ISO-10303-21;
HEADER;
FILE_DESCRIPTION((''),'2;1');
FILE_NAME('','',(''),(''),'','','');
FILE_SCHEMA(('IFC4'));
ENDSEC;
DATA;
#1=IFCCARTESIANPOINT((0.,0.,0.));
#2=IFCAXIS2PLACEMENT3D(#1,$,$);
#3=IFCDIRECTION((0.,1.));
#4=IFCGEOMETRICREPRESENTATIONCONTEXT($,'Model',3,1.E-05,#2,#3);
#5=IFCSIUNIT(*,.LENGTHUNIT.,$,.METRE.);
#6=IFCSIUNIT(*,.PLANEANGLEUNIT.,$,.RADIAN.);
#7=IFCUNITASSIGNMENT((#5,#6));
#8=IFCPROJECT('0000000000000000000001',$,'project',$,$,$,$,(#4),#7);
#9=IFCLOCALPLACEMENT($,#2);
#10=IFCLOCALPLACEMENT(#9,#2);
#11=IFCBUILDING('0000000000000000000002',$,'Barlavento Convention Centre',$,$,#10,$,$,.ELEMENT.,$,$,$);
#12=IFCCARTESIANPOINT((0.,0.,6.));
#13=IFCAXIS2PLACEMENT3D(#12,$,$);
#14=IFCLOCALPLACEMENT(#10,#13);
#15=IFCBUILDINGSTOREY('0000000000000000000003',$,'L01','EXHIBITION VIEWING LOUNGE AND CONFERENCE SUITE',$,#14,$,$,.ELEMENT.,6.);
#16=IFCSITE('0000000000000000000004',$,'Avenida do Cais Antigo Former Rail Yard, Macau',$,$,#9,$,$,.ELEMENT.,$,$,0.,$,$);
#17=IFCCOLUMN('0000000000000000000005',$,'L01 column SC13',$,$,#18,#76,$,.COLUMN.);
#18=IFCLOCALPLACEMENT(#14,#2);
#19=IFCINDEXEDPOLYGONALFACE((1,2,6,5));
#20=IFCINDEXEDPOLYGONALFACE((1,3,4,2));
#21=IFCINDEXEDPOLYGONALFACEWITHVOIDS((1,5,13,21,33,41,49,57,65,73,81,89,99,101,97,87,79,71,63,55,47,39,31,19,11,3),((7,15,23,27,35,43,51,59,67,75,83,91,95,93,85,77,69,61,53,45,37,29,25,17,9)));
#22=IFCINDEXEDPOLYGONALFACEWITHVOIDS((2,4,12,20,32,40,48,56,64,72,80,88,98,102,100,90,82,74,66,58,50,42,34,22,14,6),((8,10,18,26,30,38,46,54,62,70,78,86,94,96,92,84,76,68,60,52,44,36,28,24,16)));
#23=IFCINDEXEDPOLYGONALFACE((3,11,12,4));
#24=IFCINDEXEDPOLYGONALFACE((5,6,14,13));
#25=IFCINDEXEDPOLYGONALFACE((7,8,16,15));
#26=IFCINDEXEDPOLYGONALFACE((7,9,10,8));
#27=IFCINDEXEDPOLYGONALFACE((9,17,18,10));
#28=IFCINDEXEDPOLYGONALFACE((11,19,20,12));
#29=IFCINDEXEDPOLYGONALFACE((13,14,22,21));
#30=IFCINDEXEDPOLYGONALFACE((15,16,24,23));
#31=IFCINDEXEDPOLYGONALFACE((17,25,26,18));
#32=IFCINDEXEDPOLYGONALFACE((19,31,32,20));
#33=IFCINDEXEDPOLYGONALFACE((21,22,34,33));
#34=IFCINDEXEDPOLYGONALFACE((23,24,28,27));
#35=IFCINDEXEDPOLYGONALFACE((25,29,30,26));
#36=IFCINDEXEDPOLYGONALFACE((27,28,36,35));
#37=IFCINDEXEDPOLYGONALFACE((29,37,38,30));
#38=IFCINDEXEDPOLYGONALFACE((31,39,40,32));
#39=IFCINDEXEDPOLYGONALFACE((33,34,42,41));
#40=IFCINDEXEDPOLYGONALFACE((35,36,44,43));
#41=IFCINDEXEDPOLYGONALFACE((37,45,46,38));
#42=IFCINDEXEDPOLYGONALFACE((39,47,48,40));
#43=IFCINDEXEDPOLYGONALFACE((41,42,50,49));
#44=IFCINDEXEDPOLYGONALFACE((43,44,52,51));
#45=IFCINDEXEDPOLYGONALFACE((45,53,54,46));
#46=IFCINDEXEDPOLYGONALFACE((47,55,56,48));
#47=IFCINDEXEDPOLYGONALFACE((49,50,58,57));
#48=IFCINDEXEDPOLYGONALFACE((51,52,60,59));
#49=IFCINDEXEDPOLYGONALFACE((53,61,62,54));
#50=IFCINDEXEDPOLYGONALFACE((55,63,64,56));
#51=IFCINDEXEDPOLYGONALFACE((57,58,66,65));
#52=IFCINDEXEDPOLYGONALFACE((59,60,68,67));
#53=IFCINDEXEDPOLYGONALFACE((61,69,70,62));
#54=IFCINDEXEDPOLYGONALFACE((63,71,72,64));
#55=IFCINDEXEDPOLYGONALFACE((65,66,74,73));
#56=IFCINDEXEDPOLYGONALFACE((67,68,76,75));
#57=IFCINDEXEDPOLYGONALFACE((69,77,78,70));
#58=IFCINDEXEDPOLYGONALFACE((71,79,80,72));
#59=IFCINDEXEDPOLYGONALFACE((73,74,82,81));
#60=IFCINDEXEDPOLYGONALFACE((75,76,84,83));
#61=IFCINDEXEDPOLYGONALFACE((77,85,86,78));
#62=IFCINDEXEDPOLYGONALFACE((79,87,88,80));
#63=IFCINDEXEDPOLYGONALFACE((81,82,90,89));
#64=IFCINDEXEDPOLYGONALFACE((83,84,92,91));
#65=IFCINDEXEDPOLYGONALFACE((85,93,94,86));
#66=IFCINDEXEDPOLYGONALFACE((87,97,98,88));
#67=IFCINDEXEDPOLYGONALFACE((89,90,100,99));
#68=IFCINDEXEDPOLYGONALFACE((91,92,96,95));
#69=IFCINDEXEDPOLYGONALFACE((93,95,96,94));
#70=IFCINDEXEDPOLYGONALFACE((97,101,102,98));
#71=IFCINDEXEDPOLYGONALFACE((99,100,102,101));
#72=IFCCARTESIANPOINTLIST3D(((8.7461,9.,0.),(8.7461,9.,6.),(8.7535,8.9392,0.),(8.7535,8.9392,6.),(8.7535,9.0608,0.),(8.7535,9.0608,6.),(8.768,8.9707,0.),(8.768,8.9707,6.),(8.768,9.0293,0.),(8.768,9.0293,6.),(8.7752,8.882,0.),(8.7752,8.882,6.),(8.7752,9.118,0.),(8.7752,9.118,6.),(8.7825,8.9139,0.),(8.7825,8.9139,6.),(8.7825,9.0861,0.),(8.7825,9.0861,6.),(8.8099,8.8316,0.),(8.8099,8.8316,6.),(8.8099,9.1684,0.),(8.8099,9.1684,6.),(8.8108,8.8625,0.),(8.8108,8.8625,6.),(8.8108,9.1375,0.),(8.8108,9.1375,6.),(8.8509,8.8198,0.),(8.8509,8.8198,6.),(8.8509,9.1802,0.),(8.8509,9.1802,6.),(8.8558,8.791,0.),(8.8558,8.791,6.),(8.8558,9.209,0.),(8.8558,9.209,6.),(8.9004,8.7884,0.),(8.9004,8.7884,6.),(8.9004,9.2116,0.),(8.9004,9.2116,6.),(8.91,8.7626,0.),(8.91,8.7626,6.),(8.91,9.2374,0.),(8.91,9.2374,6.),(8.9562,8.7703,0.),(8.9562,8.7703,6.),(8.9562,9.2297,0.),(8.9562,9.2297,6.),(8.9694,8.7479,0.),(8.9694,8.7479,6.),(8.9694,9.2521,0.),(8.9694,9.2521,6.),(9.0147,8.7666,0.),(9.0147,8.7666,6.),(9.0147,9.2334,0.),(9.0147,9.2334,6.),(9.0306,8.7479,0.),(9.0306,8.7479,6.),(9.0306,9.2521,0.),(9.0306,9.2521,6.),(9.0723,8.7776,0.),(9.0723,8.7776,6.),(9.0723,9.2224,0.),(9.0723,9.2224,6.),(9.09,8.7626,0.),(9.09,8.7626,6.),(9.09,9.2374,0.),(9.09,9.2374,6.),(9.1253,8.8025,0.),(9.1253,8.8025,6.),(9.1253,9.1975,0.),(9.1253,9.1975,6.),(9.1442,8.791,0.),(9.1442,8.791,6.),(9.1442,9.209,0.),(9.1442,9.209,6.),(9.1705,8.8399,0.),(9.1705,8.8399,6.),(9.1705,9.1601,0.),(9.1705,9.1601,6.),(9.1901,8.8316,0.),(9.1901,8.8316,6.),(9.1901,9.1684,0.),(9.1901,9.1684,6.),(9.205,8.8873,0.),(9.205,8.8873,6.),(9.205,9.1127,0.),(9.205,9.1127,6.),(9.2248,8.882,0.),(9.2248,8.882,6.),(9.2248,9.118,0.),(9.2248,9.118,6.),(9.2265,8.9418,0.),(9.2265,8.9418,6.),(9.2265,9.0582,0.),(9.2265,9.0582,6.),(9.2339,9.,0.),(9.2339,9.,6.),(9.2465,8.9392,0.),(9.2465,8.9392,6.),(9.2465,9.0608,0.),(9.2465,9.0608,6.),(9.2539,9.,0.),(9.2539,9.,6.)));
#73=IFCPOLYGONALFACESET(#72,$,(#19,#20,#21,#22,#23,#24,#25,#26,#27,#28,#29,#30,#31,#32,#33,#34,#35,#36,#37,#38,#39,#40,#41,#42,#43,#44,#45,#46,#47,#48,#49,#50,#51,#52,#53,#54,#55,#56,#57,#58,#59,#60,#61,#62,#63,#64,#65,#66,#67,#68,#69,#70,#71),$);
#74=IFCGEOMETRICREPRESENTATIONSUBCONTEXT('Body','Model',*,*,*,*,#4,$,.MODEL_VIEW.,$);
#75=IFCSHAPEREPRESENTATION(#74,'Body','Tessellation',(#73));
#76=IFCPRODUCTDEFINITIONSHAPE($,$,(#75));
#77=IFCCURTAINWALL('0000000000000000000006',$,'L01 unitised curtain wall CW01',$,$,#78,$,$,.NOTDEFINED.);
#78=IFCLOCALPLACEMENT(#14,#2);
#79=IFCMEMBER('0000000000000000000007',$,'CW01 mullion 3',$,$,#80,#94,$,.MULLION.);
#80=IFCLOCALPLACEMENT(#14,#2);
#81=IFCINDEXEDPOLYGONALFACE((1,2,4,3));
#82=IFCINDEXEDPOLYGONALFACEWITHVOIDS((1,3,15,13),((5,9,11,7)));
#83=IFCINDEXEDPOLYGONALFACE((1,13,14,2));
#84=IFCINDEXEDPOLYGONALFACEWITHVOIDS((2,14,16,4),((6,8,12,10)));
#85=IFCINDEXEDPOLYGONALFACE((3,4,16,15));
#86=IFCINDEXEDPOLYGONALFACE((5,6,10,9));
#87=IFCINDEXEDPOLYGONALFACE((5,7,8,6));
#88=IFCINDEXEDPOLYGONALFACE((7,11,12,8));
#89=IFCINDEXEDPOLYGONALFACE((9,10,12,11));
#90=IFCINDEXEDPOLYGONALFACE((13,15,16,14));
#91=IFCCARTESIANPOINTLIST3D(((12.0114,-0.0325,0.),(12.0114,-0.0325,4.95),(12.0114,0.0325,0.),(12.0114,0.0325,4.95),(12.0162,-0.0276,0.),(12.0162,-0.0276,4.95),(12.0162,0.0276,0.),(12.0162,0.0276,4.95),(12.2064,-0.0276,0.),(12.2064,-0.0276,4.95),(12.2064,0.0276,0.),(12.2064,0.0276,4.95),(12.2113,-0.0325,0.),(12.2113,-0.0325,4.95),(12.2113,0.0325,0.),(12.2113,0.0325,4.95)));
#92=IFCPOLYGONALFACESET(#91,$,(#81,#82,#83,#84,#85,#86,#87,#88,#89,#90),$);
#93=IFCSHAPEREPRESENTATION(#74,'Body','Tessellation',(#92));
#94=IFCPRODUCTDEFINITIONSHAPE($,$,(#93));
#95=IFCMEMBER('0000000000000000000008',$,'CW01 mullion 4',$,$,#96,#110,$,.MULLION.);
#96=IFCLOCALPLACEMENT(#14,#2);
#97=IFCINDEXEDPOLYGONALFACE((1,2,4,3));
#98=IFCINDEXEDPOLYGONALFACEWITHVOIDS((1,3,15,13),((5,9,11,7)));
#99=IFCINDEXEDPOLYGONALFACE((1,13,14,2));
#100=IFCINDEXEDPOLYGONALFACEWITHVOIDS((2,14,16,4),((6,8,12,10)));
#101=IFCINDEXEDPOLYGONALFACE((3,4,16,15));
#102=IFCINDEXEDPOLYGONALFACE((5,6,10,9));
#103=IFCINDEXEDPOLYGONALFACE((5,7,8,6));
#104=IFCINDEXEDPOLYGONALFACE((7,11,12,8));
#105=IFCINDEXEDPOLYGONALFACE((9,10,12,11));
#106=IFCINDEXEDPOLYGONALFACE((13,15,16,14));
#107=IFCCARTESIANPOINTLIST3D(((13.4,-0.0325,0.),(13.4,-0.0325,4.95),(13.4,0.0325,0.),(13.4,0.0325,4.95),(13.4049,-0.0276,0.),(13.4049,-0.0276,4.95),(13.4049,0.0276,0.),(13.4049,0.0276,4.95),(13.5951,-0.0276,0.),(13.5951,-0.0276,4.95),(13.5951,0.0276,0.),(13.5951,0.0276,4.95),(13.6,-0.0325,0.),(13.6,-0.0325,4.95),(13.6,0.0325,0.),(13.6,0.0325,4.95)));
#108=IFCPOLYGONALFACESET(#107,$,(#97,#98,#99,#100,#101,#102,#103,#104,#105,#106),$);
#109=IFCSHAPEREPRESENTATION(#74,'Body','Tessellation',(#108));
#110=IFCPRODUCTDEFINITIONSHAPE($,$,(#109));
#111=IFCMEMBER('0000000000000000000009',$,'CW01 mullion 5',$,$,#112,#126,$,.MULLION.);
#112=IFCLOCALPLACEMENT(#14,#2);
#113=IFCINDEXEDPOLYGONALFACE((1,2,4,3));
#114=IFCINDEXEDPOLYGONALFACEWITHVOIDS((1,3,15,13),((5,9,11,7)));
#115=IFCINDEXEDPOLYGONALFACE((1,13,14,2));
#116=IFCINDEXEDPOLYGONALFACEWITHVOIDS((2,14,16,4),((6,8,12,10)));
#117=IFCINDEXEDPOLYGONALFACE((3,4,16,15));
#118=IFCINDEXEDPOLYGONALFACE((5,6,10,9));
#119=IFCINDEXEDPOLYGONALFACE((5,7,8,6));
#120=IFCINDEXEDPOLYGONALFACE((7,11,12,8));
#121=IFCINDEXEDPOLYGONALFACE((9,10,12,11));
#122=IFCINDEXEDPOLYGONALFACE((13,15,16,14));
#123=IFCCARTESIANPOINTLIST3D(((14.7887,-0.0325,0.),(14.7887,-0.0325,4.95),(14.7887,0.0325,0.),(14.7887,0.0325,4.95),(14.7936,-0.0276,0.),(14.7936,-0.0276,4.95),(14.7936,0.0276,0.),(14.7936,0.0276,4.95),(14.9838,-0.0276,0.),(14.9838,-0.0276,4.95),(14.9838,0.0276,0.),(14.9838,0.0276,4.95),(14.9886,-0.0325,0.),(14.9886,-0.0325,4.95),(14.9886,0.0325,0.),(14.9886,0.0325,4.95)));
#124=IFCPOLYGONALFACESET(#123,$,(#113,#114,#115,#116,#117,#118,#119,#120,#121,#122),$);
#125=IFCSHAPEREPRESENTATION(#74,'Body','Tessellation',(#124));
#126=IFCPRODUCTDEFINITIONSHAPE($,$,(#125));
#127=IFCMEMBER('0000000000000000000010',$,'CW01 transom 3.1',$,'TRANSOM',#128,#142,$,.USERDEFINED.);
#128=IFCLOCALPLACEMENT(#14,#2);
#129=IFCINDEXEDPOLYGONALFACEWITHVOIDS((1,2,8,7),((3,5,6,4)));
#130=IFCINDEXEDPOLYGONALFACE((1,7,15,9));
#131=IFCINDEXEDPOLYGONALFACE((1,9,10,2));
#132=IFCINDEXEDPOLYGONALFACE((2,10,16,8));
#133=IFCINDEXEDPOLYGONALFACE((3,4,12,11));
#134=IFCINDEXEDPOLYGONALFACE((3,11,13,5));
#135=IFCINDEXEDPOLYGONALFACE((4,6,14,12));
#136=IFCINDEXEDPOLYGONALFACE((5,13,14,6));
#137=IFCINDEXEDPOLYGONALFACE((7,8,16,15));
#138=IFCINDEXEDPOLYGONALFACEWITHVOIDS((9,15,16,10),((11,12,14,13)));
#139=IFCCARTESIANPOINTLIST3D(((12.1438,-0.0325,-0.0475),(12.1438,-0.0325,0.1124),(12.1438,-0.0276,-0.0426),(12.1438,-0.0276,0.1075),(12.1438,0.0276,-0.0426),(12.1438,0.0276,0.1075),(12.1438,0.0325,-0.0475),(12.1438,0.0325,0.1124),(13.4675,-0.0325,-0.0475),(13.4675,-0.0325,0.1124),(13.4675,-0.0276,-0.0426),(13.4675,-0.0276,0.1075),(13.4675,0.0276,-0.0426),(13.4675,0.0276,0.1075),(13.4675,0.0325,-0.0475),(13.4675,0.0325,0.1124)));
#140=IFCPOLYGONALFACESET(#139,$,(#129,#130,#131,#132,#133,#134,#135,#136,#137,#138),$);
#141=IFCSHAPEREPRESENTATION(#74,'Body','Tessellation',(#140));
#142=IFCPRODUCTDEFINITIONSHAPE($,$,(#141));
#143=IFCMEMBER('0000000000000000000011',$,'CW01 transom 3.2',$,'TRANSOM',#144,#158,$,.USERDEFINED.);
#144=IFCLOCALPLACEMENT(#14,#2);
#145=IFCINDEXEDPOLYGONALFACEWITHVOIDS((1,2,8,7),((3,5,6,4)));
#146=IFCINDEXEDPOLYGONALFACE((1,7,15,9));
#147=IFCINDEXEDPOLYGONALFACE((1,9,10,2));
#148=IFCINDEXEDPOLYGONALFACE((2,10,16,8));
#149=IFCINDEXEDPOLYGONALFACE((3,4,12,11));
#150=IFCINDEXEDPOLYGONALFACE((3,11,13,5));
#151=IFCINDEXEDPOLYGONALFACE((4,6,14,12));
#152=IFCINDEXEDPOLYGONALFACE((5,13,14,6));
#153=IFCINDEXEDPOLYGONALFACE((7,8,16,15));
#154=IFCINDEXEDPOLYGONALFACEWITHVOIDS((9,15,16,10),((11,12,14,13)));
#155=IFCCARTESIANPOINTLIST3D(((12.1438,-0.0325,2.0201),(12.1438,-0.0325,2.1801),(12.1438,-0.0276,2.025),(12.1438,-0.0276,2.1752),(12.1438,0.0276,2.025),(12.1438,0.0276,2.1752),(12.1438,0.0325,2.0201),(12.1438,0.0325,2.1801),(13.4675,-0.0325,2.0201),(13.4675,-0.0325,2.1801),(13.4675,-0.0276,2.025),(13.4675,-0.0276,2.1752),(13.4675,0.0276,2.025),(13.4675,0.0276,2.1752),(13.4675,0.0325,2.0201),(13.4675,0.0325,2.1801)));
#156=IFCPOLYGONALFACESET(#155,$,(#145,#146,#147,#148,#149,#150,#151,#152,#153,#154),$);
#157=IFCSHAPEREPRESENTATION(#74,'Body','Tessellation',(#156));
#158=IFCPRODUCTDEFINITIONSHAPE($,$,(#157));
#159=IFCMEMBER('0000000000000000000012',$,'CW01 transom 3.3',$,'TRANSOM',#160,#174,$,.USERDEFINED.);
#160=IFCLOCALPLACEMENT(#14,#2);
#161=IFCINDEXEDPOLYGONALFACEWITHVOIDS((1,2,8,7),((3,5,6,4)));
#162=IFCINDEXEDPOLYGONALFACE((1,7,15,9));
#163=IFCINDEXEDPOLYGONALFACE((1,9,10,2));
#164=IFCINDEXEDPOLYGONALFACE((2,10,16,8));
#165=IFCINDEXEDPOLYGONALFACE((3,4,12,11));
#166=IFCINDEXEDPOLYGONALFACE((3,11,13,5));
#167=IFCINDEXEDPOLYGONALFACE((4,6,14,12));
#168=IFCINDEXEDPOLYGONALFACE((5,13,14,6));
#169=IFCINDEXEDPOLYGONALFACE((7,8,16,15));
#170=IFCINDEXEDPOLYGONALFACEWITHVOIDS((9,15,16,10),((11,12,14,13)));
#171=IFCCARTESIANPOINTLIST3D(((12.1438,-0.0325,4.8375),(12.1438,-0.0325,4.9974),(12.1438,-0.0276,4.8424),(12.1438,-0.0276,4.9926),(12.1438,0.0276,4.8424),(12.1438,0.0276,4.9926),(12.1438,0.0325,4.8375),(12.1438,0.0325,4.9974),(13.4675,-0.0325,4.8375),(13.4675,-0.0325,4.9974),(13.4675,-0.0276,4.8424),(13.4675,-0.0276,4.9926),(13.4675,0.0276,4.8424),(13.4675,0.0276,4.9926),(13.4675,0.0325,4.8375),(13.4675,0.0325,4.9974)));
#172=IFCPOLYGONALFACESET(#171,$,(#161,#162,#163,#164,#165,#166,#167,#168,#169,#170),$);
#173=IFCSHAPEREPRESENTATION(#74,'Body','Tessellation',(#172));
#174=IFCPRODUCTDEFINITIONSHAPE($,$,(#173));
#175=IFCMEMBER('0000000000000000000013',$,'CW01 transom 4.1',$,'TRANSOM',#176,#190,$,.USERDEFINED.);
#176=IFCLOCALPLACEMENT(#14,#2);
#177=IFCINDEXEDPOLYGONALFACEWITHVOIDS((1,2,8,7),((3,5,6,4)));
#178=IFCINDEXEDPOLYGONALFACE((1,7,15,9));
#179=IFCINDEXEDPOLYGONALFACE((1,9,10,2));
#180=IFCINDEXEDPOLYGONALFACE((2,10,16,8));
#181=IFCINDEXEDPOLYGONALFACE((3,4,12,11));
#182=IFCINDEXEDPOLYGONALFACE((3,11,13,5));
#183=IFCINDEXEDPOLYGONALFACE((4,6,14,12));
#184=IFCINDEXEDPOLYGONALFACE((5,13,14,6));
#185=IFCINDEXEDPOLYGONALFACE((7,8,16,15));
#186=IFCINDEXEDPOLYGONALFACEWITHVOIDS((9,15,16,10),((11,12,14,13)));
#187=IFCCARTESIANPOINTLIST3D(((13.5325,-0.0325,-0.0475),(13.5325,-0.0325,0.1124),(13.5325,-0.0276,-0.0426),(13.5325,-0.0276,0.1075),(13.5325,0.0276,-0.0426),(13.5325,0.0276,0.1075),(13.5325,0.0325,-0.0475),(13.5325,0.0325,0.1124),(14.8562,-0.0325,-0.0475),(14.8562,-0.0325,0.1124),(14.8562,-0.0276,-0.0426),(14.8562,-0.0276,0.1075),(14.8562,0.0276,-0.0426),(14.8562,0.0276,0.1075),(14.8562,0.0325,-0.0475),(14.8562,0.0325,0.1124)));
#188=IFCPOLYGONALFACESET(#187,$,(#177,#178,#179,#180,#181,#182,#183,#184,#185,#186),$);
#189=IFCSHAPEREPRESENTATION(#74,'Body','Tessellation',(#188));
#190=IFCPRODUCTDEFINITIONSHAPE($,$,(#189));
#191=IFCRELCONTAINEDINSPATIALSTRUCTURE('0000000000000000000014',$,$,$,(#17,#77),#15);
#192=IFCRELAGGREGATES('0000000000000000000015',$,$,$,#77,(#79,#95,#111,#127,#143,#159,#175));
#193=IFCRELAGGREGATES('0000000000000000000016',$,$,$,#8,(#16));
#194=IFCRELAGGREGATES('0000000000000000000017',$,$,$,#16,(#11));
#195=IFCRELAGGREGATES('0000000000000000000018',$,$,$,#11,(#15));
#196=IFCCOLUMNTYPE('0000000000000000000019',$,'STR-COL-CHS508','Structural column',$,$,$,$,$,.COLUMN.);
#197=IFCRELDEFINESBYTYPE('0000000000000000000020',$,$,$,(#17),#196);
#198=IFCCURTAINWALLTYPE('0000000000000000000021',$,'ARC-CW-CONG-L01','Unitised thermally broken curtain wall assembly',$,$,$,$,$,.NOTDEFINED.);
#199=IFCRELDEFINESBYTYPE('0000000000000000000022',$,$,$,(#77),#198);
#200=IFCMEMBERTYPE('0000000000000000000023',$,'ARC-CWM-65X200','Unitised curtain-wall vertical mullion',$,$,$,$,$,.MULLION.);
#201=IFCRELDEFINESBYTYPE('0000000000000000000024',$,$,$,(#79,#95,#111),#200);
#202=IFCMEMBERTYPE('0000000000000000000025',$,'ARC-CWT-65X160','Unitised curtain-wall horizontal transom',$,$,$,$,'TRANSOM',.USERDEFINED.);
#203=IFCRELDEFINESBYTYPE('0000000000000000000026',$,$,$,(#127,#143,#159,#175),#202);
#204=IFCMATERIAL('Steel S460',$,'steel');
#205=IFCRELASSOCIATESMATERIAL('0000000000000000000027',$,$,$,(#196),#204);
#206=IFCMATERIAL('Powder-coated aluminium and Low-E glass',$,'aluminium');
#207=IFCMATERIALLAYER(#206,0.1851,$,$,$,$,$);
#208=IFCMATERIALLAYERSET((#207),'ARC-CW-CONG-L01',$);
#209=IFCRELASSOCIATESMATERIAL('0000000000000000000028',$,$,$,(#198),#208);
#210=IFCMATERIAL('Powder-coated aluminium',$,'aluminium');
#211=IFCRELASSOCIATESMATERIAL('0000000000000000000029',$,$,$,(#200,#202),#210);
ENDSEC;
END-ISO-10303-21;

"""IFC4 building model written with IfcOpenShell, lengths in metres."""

from ifc_helpers import new_model, si_unit, direction, frame, origin, origin_2d, place, context, subcontext, project, spatial, hollow_rectangle, hollow_circle, extrude, material, layer, layer_set, material_profile, profile_set, type_object, element, aggregate, save


model = new_model("IFC4")

# Units and contexts
model_context = context("Model", 3, precision=1e-05, world=origin(), true_north=direction((0.0, 1.0)))
body_context = subcontext(model_context, "Body", "Model", "MODEL_VIEW")
ifc_project = project(units=[si_unit("LENGTHUNIT", "METRE"), si_unit("PLANEANGLEUNIT", "RADIAN")], contexts=[model_context])

# Site, building, storey
site_placement = place(None, origin())
site = spatial("IfcSite", under=ifc_project, at=site_placement, Name="Avenida do Cais Antigo Former Rail Yard, Macau", CompositionType="ELEMENT", RefElevation=0.0)
building_placement = place(site_placement, origin())
building = spatial("IfcBuilding", under=site, at=building_placement, Name="Barlavento Convention Centre", CompositionType="ELEMENT")
storey_placement = place(building_placement, frame((0.0, 0.0, 6.0)))
storey = spatial("IfcBuildingStorey", under=building, at=storey_placement, Name="L01", Description="EXHIBITION VIEWING LOUNGE AND CONFERENCE SUITE", CompositionType="ELEMENT", Elevation=6.0)

# Column
ifc_material_1 = material(Name="Steel S460", Category="steel")
ifc_material_profile_1 = material_profile(ifc_material_1, hollow_circle(Radius=0.2539, WallThickness=0.02, at=origin_2d()), Name="CHS 508.0x20.0")
ifc_profile_set_1 = profile_set([ifc_material_profile_1], Name="Steel S460")
column_type = type_object("IfcColumnType", Name="STR-COL-CHS508", Description="Structural column", PredefinedType="COLUMN", material=ifc_profile_set_1)
column_placement = place(storey_placement, frame((9.0, 9.0, 0.0), z_axis=(0.0, 0.0, 1.0), x_axis=(1.0, 0.0, 0.0)))
element("IfcColumn", 1, at=column_placement, inside=storey, type_object=column_type, Name="L01 column SC13", PredefinedType="COLUMN", context=body_context, shape_type="SweptSolid", body=[
    extrude(hollow_circle(Radius=0.2539, WallThickness=0.02, at=origin_2d()), origin(), (0.0, 0.0, 1.0), 6.0),
])

# Curtain wall, members
ifc_material_2 = material(Name="Powder-coated aluminium and Low-E glass", Category="aluminium")
ifc_layer_1 = layer(ifc_material_2, 0.1851)
ifc_layer_set_1 = layer_set([ifc_layer_1], Name="ARC-CW-CONG-L01")
curtain_wall_type = type_object("IfcCurtainWallType", Name="ARC-CW-CONG-L01", Description="Unitised thermally broken curtain wall assembly", PredefinedType="NOTDEFINED", material=ifc_layer_set_1)
curtain_wall_placement = place(storey_placement, origin())
curtain_wall = element("IfcCurtainWall", 2, at=curtain_wall_placement, inside=storey, type_object=curtain_wall_type, Name="L01 unitised curtain wall CW01", PredefinedType="NOTDEFINED")
ifc_material_3 = material(Name="Powder-coated aluminium", Category="aluminium")
ifc_material_profile_2 = material_profile(ifc_material_3, hollow_rectangle(XDim=0.0649, YDim=0.2, WallThickness=0.0049, at=origin_2d()), Name="AL-MULL 65x200x5")
ifc_profile_set_2 = profile_set([ifc_material_profile_2], Name="Powder-coated aluminium")
member_type_1 = type_object("IfcMemberType", Name="ARC-CWM-65X200", Description="Unitised curtain-wall vertical mullion", PredefinedType="MULLION", material=ifc_profile_set_2)
member_1_placement = place(storey_placement, frame((12.1113, 0.0, 0.0), z_axis=(0.0, 0.0, 1.0), x_axis=(0.0, 1.0, 0.0)))
member_1 = element("IfcMember", 3, at=member_1_placement, type_object=member_type_1, Name="CW01 mullion 3", PredefinedType="MULLION", context=body_context, shape_type="SweptSolid", body=[
    extrude(hollow_rectangle(XDim=0.0649, YDim=0.2, WallThickness=0.0049, at=origin_2d()), origin(), (0.0, 0.0, 1.0), 4.95),
])
member_2_placement = place(storey_placement, frame((13.5, 0.0, 0.0), z_axis=(0.0, 0.0, 1.0), x_axis=(0.0, 1.0, 0.0)))
member_2 = element("IfcMember", 4, at=member_2_placement, type_object=member_type_1, Name="CW01 mullion 4", PredefinedType="MULLION", context=body_context, shape_type="SweptSolid", body=[
    extrude(hollow_rectangle(XDim=0.0649, YDim=0.2, WallThickness=0.0049, at=origin_2d()), origin(), (0.0, 0.0, 1.0), 4.95),
])
member_3_placement = place(storey_placement, frame((14.8887, 0.0, 0.0), z_axis=(0.0, 0.0, 1.0), x_axis=(0.0, 1.0, 0.0)))
member_3 = element("IfcMember", 5, at=member_3_placement, type_object=member_type_1, Name="CW01 mullion 5", PredefinedType="MULLION", context=body_context, shape_type="SweptSolid", body=[
    extrude(hollow_rectangle(XDim=0.0649, YDim=0.2, WallThickness=0.0049, at=origin_2d()), origin(), (0.0, 0.0, 1.0), 4.95),
])
ifc_material_profile_3 = material_profile(ifc_material_3, hollow_rectangle(XDim=0.0649, YDim=0.1599, WallThickness=0.0049, at=origin_2d()), Name="AL-TRAN 65x160x5")
ifc_profile_set_3 = profile_set([ifc_material_profile_3], Name="Powder-coated aluminium")
member_type_2 = type_object("IfcMemberType", Name="ARC-CWT-65X160", Description="Unitised curtain-wall horizontal transom", ElementType="TRANSOM", PredefinedType="USERDEFINED", material=ifc_profile_set_3)
member_4_placement = place(storey_placement, frame((12.1438, 0.0, 0.0325), z_axis=(1.0, 0.0, 0.0), x_axis=(0.0, 1.0, 0.0)))
member_4 = element("IfcMember", 6, at=member_4_placement, type_object=member_type_2, Name="CW01 transom 3.1", ObjectType="TRANSOM", PredefinedType="USERDEFINED", context=body_context, shape_type="SweptSolid", body=[
    extrude(hollow_rectangle(XDim=0.0649, YDim=0.1599, WallThickness=0.0049, at=origin_2d()), origin(), (0.0, 0.0, 1.0), 1.3237),
])
member_5_placement = place(storey_placement, frame((12.1438, 0.0, 2.1001), z_axis=(1.0, 0.0, 0.0), x_axis=(0.0, 1.0, 0.0)))
member_5 = element("IfcMember", 7, at=member_5_placement, type_object=member_type_2, Name="CW01 transom 3.2", ObjectType="TRANSOM", PredefinedType="USERDEFINED", context=body_context, shape_type="SweptSolid", body=[
    extrude(hollow_rectangle(XDim=0.0649, YDim=0.1599, WallThickness=0.0049, at=origin_2d()), origin(), (0.0, 0.0, 1.0), 1.3237),
])
member_6_placement = place(storey_placement, frame((12.1438, 0.0, 4.9175), z_axis=(1.0, 0.0, 0.0), x_axis=(0.0, 1.0, 0.0)))
member_6 = element("IfcMember", 8, at=member_6_placement, type_object=member_type_2, Name="CW01 transom 3.3", ObjectType="TRANSOM", PredefinedType="USERDEFINED", context=body_context, shape_type="SweptSolid", body=[
    extrude(hollow_rectangle(XDim=0.0649, YDim=0.1599, WallThickness=0.0049, at=origin_2d()), origin(), (0.0, 0.0, 1.0), 1.3237),
])
member_7_placement = place(storey_placement, frame((13.5325, 0.0, 0.0325), z_axis=(1.0, 0.0, 0.0), x_axis=(0.0, 1.0, 0.0)))
member_7 = element("IfcMember", 9, at=member_7_placement, type_object=member_type_2, Name="CW01 transom 4.1", ObjectType="TRANSOM", PredefinedType="USERDEFINED", context=body_context, shape_type="SweptSolid", body=[
    extrude(hollow_rectangle(XDim=0.0649, YDim=0.1599, WallThickness=0.0049, at=origin_2d()), origin(), (0.0, 0.0, 1.0), 1.3237),
])

aggregate(curtain_wall, [member_1, member_2, member_3, member_4, member_5, member_6, member_7])

save(model, "model.ifc")
